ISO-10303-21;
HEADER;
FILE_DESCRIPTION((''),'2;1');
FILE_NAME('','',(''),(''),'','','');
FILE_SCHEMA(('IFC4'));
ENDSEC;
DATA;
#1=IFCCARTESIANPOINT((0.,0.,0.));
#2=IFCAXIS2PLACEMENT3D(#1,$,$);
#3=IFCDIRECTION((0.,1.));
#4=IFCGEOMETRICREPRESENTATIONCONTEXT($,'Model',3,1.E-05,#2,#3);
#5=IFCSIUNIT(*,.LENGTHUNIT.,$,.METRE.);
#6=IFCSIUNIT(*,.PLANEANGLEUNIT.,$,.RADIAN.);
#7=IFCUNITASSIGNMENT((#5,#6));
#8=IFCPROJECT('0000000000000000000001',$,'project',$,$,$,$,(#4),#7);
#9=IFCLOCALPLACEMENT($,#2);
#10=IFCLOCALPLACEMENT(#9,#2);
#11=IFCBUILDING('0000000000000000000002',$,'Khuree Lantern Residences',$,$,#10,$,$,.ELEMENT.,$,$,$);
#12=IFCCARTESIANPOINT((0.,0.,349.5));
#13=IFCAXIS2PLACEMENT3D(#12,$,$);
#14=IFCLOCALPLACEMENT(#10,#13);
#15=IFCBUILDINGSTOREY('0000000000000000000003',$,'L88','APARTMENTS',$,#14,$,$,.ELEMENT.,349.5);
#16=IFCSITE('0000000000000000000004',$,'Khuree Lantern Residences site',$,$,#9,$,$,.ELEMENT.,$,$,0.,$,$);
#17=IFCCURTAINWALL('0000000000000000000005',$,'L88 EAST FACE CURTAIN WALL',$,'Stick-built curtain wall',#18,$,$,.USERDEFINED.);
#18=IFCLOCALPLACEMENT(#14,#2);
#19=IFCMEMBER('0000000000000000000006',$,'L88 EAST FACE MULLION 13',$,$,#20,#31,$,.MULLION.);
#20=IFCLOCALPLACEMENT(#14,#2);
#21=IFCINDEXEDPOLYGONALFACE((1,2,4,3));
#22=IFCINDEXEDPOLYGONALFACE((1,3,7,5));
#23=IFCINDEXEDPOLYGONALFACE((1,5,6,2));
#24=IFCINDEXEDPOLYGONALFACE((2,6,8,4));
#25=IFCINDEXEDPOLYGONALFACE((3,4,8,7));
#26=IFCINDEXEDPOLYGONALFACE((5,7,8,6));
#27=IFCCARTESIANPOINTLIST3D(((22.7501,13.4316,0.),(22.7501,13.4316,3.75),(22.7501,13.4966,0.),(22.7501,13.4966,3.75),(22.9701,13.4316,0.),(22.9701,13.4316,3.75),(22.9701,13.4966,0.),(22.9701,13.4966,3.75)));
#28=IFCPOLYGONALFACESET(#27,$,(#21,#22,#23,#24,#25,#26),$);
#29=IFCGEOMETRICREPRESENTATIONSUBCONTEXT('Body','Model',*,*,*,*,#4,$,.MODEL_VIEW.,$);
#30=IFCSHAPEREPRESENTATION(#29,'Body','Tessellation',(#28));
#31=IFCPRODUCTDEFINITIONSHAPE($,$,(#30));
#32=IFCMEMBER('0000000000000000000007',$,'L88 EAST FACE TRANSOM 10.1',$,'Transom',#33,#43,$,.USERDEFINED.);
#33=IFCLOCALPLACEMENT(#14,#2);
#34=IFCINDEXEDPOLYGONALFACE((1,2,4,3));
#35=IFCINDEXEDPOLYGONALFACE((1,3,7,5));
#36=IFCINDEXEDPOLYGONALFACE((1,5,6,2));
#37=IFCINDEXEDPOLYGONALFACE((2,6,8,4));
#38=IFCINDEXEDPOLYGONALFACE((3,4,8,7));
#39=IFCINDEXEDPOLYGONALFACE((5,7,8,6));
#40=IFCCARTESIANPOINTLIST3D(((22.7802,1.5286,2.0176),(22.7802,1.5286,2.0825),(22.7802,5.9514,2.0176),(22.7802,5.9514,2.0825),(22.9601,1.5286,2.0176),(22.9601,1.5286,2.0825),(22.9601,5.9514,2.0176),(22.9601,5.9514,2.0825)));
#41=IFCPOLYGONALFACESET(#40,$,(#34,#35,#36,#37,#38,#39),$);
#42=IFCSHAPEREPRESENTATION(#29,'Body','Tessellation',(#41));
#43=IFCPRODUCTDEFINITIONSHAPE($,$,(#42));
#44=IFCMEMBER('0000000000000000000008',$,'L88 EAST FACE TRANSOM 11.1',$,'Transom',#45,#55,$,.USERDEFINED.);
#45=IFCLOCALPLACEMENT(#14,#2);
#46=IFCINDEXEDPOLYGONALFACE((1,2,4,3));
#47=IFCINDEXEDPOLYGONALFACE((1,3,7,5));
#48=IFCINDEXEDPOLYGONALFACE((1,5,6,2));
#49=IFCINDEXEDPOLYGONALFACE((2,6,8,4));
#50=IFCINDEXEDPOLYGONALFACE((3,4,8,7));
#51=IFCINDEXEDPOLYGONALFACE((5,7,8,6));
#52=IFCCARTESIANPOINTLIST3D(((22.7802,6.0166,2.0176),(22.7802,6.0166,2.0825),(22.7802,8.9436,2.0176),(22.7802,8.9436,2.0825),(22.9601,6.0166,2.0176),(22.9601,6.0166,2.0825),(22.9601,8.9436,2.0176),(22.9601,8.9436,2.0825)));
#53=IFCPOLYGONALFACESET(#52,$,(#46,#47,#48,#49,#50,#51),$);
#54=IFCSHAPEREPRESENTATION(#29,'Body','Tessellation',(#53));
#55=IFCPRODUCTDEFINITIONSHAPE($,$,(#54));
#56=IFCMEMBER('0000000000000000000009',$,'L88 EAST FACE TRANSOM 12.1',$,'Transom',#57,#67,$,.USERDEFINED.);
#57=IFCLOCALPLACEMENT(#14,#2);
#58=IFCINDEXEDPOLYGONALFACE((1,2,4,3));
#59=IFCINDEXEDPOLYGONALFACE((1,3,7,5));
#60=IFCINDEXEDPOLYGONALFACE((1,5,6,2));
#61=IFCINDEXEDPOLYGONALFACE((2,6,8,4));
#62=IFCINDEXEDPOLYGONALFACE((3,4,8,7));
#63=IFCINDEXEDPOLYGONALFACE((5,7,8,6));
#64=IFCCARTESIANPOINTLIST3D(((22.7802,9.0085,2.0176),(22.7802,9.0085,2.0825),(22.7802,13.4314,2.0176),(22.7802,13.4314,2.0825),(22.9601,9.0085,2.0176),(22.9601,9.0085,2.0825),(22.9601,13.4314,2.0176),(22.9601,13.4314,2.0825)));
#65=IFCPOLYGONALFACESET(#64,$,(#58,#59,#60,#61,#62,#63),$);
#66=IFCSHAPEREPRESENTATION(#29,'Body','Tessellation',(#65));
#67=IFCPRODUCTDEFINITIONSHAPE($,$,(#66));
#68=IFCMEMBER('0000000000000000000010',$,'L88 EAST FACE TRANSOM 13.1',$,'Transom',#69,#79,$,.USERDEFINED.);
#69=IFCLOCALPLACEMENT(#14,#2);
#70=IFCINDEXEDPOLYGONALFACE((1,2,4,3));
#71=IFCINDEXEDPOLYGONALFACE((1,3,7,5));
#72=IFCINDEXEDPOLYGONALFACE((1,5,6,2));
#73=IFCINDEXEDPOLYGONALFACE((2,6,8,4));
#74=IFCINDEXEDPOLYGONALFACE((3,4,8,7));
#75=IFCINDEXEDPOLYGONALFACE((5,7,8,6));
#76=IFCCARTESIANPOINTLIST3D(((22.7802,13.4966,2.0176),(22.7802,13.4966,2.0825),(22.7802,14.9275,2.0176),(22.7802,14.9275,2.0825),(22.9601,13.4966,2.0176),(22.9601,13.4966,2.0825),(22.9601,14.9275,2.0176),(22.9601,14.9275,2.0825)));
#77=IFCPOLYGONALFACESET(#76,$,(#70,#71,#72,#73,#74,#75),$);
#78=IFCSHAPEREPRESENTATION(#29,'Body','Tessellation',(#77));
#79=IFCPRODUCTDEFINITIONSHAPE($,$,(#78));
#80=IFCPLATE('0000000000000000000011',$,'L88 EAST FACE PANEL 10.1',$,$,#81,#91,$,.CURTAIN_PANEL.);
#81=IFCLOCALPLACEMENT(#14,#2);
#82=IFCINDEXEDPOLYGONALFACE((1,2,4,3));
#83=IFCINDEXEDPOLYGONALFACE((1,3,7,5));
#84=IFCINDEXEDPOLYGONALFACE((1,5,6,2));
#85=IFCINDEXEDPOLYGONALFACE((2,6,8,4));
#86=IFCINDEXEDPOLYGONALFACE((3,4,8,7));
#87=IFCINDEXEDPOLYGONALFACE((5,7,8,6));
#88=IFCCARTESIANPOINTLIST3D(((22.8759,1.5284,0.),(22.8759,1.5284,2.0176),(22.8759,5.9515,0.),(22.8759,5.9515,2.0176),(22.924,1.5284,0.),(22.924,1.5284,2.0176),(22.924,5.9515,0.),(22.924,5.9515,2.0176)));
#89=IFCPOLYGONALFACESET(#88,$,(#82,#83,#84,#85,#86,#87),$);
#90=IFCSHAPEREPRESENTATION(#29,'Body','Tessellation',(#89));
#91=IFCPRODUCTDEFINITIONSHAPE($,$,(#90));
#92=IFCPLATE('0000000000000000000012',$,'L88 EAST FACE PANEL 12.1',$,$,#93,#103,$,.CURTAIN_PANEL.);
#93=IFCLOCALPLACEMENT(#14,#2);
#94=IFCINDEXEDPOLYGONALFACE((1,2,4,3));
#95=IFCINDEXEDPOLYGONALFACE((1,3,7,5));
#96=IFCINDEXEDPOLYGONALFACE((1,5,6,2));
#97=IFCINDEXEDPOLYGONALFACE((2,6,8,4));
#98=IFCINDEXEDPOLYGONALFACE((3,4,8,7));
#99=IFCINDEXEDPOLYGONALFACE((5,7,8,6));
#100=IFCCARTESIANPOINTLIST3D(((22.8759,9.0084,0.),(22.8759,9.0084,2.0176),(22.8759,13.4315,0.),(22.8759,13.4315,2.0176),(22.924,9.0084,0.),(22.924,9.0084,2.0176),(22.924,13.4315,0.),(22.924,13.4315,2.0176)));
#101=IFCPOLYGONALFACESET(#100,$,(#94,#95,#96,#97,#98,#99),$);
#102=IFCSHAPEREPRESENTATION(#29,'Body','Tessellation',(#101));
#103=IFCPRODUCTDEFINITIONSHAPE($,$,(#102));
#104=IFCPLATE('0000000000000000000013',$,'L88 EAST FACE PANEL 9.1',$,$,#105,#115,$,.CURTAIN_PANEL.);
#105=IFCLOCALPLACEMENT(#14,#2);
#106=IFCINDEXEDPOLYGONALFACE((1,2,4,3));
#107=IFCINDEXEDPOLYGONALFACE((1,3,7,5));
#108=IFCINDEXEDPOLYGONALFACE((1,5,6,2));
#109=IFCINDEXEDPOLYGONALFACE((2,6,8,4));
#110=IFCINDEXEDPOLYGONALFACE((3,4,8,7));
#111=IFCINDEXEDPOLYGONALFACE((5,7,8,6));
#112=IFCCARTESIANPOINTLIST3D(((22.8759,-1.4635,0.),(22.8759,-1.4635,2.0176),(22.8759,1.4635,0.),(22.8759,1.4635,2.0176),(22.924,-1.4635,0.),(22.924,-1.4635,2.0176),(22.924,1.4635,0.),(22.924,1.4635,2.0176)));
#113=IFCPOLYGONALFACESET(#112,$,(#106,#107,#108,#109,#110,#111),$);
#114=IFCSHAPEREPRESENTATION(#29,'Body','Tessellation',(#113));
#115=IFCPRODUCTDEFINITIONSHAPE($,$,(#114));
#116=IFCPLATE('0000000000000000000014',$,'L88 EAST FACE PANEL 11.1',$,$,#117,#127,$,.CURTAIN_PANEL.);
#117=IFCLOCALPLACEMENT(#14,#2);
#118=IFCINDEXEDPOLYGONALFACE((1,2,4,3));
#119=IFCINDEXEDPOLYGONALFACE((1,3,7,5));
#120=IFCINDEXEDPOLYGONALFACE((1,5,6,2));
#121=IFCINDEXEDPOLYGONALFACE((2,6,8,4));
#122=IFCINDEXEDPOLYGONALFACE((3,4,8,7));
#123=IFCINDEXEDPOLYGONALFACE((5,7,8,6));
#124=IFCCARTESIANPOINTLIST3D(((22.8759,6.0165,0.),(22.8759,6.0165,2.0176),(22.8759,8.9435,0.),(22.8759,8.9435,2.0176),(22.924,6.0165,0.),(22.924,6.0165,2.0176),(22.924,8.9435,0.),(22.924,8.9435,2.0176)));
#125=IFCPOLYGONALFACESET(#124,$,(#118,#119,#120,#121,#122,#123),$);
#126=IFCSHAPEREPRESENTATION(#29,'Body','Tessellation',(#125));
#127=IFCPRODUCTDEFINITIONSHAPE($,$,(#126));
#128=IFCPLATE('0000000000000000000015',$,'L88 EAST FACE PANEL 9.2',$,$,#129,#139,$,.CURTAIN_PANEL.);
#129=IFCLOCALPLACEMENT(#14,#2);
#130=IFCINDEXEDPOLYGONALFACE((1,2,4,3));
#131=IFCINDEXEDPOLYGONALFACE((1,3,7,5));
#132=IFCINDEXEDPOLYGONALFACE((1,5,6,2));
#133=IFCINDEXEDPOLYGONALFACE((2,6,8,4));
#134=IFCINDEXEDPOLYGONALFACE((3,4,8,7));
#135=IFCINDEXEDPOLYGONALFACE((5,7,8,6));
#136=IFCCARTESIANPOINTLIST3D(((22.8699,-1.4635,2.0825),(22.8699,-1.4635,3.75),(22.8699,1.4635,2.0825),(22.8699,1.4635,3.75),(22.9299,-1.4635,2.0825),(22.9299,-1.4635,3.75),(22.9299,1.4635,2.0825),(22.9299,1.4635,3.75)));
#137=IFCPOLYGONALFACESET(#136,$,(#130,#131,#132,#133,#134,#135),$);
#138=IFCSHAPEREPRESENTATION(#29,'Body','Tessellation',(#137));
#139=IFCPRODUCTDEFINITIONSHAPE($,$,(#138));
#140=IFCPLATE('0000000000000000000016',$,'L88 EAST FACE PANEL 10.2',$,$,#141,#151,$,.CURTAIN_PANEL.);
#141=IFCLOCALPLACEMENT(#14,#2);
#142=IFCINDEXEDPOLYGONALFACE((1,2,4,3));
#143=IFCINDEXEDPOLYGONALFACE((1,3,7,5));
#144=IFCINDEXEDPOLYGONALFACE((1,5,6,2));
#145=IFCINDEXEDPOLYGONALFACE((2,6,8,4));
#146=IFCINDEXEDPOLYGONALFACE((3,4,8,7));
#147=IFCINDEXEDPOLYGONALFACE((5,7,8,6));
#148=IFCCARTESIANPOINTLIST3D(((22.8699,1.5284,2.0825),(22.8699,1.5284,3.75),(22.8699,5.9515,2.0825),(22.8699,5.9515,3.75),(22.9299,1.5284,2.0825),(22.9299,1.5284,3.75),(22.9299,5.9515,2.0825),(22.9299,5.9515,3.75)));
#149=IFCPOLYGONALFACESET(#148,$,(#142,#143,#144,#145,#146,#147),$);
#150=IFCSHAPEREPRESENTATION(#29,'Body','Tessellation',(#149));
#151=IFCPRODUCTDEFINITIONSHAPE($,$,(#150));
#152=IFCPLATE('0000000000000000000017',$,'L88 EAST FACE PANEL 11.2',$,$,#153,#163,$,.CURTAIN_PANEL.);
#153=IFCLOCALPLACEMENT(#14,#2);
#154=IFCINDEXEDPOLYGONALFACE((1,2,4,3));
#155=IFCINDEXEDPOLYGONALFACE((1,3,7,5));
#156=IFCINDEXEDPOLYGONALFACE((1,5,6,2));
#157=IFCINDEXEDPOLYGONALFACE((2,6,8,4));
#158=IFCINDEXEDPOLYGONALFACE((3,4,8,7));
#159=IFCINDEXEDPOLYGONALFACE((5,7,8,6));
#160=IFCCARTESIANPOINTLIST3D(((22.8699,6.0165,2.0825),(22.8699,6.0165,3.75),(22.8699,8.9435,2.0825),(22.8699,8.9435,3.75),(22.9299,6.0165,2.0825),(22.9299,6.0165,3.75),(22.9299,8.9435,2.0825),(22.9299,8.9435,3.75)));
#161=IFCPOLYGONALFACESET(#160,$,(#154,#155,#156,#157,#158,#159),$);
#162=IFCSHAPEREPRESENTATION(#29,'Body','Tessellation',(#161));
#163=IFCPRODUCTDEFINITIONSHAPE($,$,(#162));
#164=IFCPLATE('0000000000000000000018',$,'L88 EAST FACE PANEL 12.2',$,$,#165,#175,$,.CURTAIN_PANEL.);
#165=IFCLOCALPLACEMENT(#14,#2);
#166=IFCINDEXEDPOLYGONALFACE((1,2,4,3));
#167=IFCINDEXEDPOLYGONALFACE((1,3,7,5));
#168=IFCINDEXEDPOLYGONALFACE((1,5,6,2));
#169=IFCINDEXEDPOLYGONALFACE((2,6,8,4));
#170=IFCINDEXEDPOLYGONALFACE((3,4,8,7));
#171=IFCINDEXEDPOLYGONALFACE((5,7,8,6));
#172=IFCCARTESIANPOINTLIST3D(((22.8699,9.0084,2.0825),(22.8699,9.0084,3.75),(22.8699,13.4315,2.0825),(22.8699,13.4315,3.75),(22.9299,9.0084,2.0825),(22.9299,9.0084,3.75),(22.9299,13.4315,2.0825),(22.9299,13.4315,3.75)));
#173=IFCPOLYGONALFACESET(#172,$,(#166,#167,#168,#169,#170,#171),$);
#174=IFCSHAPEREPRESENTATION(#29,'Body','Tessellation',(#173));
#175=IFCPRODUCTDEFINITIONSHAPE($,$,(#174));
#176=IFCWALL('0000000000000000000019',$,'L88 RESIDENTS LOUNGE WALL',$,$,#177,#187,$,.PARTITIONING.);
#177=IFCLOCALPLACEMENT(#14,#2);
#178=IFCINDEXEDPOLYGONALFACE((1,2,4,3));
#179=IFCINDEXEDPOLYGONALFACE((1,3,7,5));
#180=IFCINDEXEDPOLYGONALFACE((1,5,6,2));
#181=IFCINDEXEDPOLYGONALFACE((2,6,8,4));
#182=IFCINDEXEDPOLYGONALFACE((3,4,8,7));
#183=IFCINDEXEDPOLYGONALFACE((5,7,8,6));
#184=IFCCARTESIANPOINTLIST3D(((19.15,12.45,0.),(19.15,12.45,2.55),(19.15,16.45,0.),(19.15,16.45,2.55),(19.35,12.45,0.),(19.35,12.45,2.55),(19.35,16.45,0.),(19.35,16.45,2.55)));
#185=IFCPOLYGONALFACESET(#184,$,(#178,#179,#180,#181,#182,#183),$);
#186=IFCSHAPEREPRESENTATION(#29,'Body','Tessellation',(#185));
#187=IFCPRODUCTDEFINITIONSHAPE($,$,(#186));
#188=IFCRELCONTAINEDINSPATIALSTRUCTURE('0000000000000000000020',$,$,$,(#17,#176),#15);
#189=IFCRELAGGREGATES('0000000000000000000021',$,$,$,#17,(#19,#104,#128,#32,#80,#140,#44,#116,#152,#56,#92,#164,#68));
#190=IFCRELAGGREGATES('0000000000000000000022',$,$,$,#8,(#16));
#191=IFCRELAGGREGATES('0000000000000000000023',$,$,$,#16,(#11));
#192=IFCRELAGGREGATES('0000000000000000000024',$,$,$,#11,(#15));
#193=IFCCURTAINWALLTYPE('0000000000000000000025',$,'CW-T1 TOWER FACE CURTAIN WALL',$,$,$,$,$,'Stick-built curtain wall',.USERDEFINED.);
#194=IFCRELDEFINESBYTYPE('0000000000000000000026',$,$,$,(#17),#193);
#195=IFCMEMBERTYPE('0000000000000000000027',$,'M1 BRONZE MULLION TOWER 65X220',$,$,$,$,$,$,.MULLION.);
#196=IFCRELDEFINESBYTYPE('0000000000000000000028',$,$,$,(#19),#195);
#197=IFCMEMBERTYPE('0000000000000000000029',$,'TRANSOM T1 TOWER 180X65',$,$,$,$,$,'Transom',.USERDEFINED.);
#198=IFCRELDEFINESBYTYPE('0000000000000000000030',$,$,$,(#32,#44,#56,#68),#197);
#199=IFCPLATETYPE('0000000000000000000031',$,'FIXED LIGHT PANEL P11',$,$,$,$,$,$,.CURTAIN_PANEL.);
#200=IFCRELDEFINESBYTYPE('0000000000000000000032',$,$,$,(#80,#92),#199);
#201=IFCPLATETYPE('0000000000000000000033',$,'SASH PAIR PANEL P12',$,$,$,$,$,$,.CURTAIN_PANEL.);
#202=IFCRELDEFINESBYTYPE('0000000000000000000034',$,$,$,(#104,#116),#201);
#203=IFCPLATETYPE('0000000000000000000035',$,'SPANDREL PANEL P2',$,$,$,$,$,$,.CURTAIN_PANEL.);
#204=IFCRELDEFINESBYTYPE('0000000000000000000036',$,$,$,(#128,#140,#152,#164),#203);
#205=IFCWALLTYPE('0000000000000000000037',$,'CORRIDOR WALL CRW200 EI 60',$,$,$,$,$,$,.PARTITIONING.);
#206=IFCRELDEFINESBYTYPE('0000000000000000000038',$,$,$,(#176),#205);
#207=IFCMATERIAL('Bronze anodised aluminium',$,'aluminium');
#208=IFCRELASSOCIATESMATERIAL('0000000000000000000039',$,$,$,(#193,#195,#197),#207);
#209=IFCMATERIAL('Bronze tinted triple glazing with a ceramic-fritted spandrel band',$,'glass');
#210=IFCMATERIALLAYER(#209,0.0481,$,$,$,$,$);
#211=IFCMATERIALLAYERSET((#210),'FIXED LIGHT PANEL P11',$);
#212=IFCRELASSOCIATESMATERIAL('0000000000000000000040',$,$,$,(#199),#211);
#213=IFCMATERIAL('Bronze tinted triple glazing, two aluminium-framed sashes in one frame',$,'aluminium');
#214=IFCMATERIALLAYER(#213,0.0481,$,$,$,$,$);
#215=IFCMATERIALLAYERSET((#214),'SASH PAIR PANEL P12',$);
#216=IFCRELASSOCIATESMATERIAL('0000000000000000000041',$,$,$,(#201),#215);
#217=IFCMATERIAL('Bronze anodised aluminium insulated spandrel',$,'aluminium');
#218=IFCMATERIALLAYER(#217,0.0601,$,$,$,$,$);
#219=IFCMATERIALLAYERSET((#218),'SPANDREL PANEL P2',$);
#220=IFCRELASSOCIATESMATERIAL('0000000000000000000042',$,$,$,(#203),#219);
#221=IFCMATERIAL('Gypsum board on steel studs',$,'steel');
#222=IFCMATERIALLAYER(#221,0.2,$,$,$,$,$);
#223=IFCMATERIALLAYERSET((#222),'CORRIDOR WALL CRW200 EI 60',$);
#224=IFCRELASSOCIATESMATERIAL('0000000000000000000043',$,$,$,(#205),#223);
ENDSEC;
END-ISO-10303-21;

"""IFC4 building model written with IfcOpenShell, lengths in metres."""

from ifc_helpers import new_model, si_unit, direction, frame, frame_2d, origin, origin_2d, place, context, subcontext, project, spatial, rectangle, extrude, material, layer, layer_set, material_profile, profile_set, type_object, element, aggregate, save


model = new_model("IFC4")

# Units and contexts
model_context = context("Model", 3, precision=1e-05, world=origin(), true_north=direction((0.0, 1.0)))
body_context = subcontext(model_context, "Body", "Model", "MODEL_VIEW")
ifc_project = project(units=[si_unit("LENGTHUNIT", "METRE"), si_unit("PLANEANGLEUNIT", "RADIAN")], contexts=[model_context])

# Site, building, storey
site_placement = place(None, origin())
site = spatial("IfcSite", under=ifc_project, at=site_placement, Name="Khuree Lantern Residences site", CompositionType="ELEMENT", RefElevation=0.0)
building_placement = place(site_placement, origin())
building = spatial("IfcBuilding", under=site, at=building_placement, Name="Khuree Lantern Residences", CompositionType="ELEMENT")
storey_placement = place(building_placement, frame((0.0, 0.0, 349.5)))
storey = spatial("IfcBuildingStorey", under=building, at=storey_placement, Name="L88", Description="APARTMENTS", CompositionType="ELEMENT", Elevation=349.5)

# Curtain wall
ifc_material_1 = material(Name="Bronze anodised aluminium", Category="aluminium")
curtain_wall_type = type_object("IfcCurtainWallType", Name="CW-T1 TOWER FACE CURTAIN WALL", ElementType="Stick-built curtain wall", PredefinedType="USERDEFINED", material=ifc_material_1)
curtain_wall_placement = place(storey_placement, origin())
curtain_wall = element("IfcCurtainWall", 1, at=curtain_wall_placement, inside=storey, type_object=curtain_wall_type, Name="L88 EAST FACE CURTAIN WALL", ObjectType="Stick-built curtain wall", PredefinedType="USERDEFINED")

# Members
ifc_material_profile_1 = material_profile(ifc_material_1, rectangle(XDim=0.0649, YDim=0.22, at=origin_2d()), Name="M1 65X220")
ifc_profile_set_1 = profile_set([ifc_material_profile_1], Name="Bronze anodised aluminium")
member_type_1 = type_object("IfcMemberType", Name="M1 BRONZE MULLION TOWER 65X220", PredefinedType="MULLION", material=ifc_profile_set_1)
member_1_placement = place(storey_placement, frame((22.8601, 13.4641, 0.0), z_axis=(0.0, 0.0, 1.0), x_axis=(0.0, 1.0, 0.0)))
member_1 = element("IfcMember", 2, at=member_1_placement, type_object=member_type_1, Name="L88 EAST FACE MULLION 13", PredefinedType="MULLION", context=body_context, shape_type="SweptSolid", body=[
    extrude(rectangle(XDim=0.0649, YDim=0.22, at=origin_2d()), origin(), (0.0, 0.0, 1.0), 3.75),
])
ifc_material_profile_2 = material_profile(ifc_material_1, rectangle(XDim=0.1799, YDim=0.0649, at=origin_2d()), Name="T1 180X65")
ifc_profile_set_2 = profile_set([ifc_material_profile_2], Name="Bronze anodised aluminium")
member_type_2 = type_object("IfcMemberType", Name="TRANSOM T1 TOWER 180X65", ElementType="Transom", PredefinedType="USERDEFINED", material=ifc_profile_set_2)
member_2_placement = place(storey_placement, frame((22.8701, 1.5286, 2.05), z_axis=(0.0, 1.0, 0.0), x_axis=(-1.0, 0.0, 0.0)))
member_2 = element("IfcMember", 3, at=member_2_placement, type_object=member_type_2, Name="L88 EAST FACE TRANSOM 10.1", ObjectType="Transom", PredefinedType="USERDEFINED", context=body_context, shape_type="SweptSolid", body=[
    extrude(rectangle(XDim=0.1799, YDim=0.0649, at=origin_2d()), origin(), (0.0, 0.0, 1.0), 4.4229),
])
member_3_placement = place(storey_placement, frame((22.8701, 6.0166, 2.05), z_axis=(0.0, 1.0, 0.0), x_axis=(-1.0, 0.0, 0.0)))
member_3 = element("IfcMember", 4, at=member_3_placement, type_object=member_type_2, Name="L88 EAST FACE TRANSOM 11.1", ObjectType="Transom", PredefinedType="USERDEFINED", context=body_context, shape_type="SweptSolid", body=[
    extrude(rectangle(XDim=0.1799, YDim=0.0649, at=origin_2d()), origin(), (0.0, 0.0, 1.0), 2.927),
])
member_4_placement = place(storey_placement, frame((22.8701, 9.0085, 2.05), z_axis=(0.0, 1.0, 0.0), x_axis=(-1.0, 0.0, 0.0)))
member_4 = element("IfcMember", 5, at=member_4_placement, type_object=member_type_2, Name="L88 EAST FACE TRANSOM 12.1", ObjectType="Transom", PredefinedType="USERDEFINED", context=body_context, shape_type="SweptSolid", body=[
    extrude(rectangle(XDim=0.1799, YDim=0.0649, at=origin_2d()), origin(), (0.0, 0.0, 1.0), 4.4229),
])
member_5_placement = place(storey_placement, frame((22.8701, 13.4966, 2.05), z_axis=(0.0, 1.0, 0.0), x_axis=(-1.0, 0.0, 0.0)))
member_5 = element("IfcMember", 6, at=member_5_placement, type_object=member_type_2, Name="L88 EAST FACE TRANSOM 13.1", ObjectType="Transom", PredefinedType="USERDEFINED", context=body_context, shape_type="SweptSolid", body=[
    extrude(rectangle(XDim=0.1799, YDim=0.0649, at=origin_2d()), origin(), (0.0, 0.0, 1.0), 1.4309),
])

# Plates
ifc_material_2 = material(Name="Bronze tinted triple glazing with a ceramic-fritted spandrel band", Category="glass")
ifc_layer_1 = layer(ifc_material_2, 0.0481)
ifc_layer_set_1 = layer_set([ifc_layer_1], Name="FIXED LIGHT PANEL P11")
plate_type_1 = type_object("IfcPlateType", Name="FIXED LIGHT PANEL P11", PredefinedType="CURTAIN_PANEL", material=ifc_layer_set_1)
plate_1_placement = place(storey_placement, frame((22.8999, 3.74, 0.0), z_axis=(0.0, 0.0, 1.0), x_axis=(0.0, 1.0, 0.0)))
plate_1 = element("IfcPlate", 7, at=plate_1_placement, type_object=plate_type_1, Name="L88 EAST FACE PANEL 10.1", PredefinedType="CURTAIN_PANEL", context=body_context, shape_type="SweptSolid", body=[
    extrude(rectangle(XDim=4.4231, YDim=0.0481, at=origin_2d()), origin(), (0.0, 0.0, 1.0), 2.0176),
])
plate_2_placement = place(storey_placement, frame((22.8999, 11.22, 0.0), z_axis=(0.0, 0.0, 1.0), x_axis=(0.0, 1.0, 0.0)))
plate_2 = element("IfcPlate", 8, at=plate_2_placement, type_object=plate_type_1, Name="L88 EAST FACE PANEL 12.1", PredefinedType="CURTAIN_PANEL", context=body_context, shape_type="SweptSolid", body=[
    extrude(rectangle(XDim=4.4231, YDim=0.0481, at=origin_2d()), origin(), (0.0, 0.0, 1.0), 2.0176),
])
ifc_material_3 = material(Name="Bronze tinted triple glazing, two aluminium-framed sashes in one frame", Category="aluminium")
ifc_layer_2 = layer(ifc_material_3, 0.0481)
ifc_layer_set_2 = layer_set([ifc_layer_2], Name="SASH PAIR PANEL P12")
plate_type_2 = type_object("IfcPlateType", Name="SASH PAIR PANEL P12", PredefinedType="CURTAIN_PANEL", material=ifc_layer_set_2)
plate_3_placement = place(storey_placement, frame((22.8999, 0.0, 0.0), z_axis=(0.0, 0.0, 1.0), x_axis=(0.0, 1.0, 0.0)))
plate_3 = element("IfcPlate", 9, at=plate_3_placement, type_object=plate_type_2, Name="L88 EAST FACE PANEL 9.1", PredefinedType="CURTAIN_PANEL", context=body_context, shape_type="SweptSolid", body=[
    extrude(rectangle(XDim=2.927, YDim=0.0481, at=origin_2d()), origin(), (0.0, 0.0, 1.0), 2.0176),
])
plate_4_placement = place(storey_placement, frame((22.8999, 7.48, 0.0), z_axis=(0.0, 0.0, 1.0), x_axis=(0.0, 1.0, 0.0)))
plate_4 = element("IfcPlate", 10, at=plate_4_placement, type_object=plate_type_2, Name="L88 EAST FACE PANEL 11.1", PredefinedType="CURTAIN_PANEL", context=body_context, shape_type="SweptSolid", body=[
    extrude(rectangle(XDim=2.927, YDim=0.0481, at=origin_2d()), origin(), (0.0, 0.0, 1.0), 2.0176),
])
ifc_material_4 = material(Name="Bronze anodised aluminium insulated spandrel", Category="aluminium")
ifc_layer_3 = layer(ifc_material_4, 0.0601)
ifc_layer_set_3 = layer_set([ifc_layer_3], Name="SPANDREL PANEL P2")
plate_type_3 = type_object("IfcPlateType", Name="SPANDREL PANEL P2", PredefinedType="CURTAIN_PANEL", material=ifc_layer_set_3)
plate_5_placement = place(storey_placement, frame((22.8999, 0.0, 2.0825), z_axis=(0.0, 0.0, 1.0), x_axis=(0.0, 1.0, 0.0)))
plate_5 = element("IfcPlate", 11, at=plate_5_placement, type_object=plate_type_3, Name="L88 EAST FACE PANEL 9.2", PredefinedType="CURTAIN_PANEL", context=body_context, shape_type="SweptSolid", body=[
    extrude(rectangle(XDim=2.927, YDim=0.0601, at=origin_2d()), origin(), (0.0, 0.0, 1.0), 1.6675),
])
plate_6_placement = place(storey_placement, frame((22.8999, 3.74, 2.0825), z_axis=(0.0, 0.0, 1.0), x_axis=(0.0, 1.0, 0.0)))
plate_6 = element("IfcPlate", 12, at=plate_6_placement, type_object=plate_type_3, Name="L88 EAST FACE PANEL 10.2", PredefinedType="CURTAIN_PANEL", context=body_context, shape_type="SweptSolid", body=[
    extrude(rectangle(XDim=4.4231, YDim=0.0601, at=origin_2d()), origin(), (0.0, 0.0, 1.0), 1.6675),
])
plate_7_placement = place(storey_placement, frame((22.8999, 7.48, 2.0825), z_axis=(0.0, 0.0, 1.0), x_axis=(0.0, 1.0, 0.0)))
plate_7 = element("IfcPlate", 13, at=plate_7_placement, type_object=plate_type_3, Name="L88 EAST FACE PANEL 11.2", PredefinedType="CURTAIN_PANEL", context=body_context, shape_type="SweptSolid", body=[
    extrude(rectangle(XDim=2.927, YDim=0.0601, at=origin_2d()), origin(), (0.0, 0.0, 1.0), 1.6675),
])
plate_8_placement = place(storey_placement, frame((22.8999, 11.22, 2.0825), z_axis=(0.0, 0.0, 1.0), x_axis=(0.0, 1.0, 0.0)))
plate_8 = element("IfcPlate", 14, at=plate_8_placement, type_object=plate_type_3, Name="L88 EAST FACE PANEL 12.2", PredefinedType="CURTAIN_PANEL", context=body_context, shape_type="SweptSolid", body=[
    extrude(rectangle(XDim=4.4231, YDim=0.0601, at=origin_2d()), origin(), (0.0, 0.0, 1.0), 1.6675),
])
aggregate(curtain_wall, [member_1, plate_3, plate_5, member_2, plate_1, plate_6, member_3, plate_4, plate_7, member_4, plate_2, plate_8, member_5])

# Wall
ifc_material_5 = material(Name="Gypsum board on steel studs", Category="steel")
ifc_layer_4 = layer(ifc_material_5, 0.2)
ifc_layer_set_4 = layer_set([ifc_layer_4], Name="CORRIDOR WALL CRW200 EI 60")
wall_type_1 = type_object("IfcWallType", Name="CORRIDOR WALL CRW200 EI 60", PredefinedType="PARTITIONING", material=ifc_layer_set_4)
wall_1_placement = place(storey_placement, frame((19.25, 12.45, 0.0), z_axis=(0.0, 0.0, 1.0), x_axis=(0.0, 1.0, 0.0)))
element("IfcWall", 15, at=wall_1_placement, inside=storey, type_object=wall_type_1, Name="L88 RESIDENTS LOUNGE WALL", PredefinedType="PARTITIONING", context=body_context, shape_type="SweptSolid", body=[
    extrude(rectangle(XDim=4.0, YDim=0.2, at=frame_2d((2.0, 0.0))), origin(), (0.0, 0.0, 1.0), 2.55),
])

save(model, "model.ifc")
